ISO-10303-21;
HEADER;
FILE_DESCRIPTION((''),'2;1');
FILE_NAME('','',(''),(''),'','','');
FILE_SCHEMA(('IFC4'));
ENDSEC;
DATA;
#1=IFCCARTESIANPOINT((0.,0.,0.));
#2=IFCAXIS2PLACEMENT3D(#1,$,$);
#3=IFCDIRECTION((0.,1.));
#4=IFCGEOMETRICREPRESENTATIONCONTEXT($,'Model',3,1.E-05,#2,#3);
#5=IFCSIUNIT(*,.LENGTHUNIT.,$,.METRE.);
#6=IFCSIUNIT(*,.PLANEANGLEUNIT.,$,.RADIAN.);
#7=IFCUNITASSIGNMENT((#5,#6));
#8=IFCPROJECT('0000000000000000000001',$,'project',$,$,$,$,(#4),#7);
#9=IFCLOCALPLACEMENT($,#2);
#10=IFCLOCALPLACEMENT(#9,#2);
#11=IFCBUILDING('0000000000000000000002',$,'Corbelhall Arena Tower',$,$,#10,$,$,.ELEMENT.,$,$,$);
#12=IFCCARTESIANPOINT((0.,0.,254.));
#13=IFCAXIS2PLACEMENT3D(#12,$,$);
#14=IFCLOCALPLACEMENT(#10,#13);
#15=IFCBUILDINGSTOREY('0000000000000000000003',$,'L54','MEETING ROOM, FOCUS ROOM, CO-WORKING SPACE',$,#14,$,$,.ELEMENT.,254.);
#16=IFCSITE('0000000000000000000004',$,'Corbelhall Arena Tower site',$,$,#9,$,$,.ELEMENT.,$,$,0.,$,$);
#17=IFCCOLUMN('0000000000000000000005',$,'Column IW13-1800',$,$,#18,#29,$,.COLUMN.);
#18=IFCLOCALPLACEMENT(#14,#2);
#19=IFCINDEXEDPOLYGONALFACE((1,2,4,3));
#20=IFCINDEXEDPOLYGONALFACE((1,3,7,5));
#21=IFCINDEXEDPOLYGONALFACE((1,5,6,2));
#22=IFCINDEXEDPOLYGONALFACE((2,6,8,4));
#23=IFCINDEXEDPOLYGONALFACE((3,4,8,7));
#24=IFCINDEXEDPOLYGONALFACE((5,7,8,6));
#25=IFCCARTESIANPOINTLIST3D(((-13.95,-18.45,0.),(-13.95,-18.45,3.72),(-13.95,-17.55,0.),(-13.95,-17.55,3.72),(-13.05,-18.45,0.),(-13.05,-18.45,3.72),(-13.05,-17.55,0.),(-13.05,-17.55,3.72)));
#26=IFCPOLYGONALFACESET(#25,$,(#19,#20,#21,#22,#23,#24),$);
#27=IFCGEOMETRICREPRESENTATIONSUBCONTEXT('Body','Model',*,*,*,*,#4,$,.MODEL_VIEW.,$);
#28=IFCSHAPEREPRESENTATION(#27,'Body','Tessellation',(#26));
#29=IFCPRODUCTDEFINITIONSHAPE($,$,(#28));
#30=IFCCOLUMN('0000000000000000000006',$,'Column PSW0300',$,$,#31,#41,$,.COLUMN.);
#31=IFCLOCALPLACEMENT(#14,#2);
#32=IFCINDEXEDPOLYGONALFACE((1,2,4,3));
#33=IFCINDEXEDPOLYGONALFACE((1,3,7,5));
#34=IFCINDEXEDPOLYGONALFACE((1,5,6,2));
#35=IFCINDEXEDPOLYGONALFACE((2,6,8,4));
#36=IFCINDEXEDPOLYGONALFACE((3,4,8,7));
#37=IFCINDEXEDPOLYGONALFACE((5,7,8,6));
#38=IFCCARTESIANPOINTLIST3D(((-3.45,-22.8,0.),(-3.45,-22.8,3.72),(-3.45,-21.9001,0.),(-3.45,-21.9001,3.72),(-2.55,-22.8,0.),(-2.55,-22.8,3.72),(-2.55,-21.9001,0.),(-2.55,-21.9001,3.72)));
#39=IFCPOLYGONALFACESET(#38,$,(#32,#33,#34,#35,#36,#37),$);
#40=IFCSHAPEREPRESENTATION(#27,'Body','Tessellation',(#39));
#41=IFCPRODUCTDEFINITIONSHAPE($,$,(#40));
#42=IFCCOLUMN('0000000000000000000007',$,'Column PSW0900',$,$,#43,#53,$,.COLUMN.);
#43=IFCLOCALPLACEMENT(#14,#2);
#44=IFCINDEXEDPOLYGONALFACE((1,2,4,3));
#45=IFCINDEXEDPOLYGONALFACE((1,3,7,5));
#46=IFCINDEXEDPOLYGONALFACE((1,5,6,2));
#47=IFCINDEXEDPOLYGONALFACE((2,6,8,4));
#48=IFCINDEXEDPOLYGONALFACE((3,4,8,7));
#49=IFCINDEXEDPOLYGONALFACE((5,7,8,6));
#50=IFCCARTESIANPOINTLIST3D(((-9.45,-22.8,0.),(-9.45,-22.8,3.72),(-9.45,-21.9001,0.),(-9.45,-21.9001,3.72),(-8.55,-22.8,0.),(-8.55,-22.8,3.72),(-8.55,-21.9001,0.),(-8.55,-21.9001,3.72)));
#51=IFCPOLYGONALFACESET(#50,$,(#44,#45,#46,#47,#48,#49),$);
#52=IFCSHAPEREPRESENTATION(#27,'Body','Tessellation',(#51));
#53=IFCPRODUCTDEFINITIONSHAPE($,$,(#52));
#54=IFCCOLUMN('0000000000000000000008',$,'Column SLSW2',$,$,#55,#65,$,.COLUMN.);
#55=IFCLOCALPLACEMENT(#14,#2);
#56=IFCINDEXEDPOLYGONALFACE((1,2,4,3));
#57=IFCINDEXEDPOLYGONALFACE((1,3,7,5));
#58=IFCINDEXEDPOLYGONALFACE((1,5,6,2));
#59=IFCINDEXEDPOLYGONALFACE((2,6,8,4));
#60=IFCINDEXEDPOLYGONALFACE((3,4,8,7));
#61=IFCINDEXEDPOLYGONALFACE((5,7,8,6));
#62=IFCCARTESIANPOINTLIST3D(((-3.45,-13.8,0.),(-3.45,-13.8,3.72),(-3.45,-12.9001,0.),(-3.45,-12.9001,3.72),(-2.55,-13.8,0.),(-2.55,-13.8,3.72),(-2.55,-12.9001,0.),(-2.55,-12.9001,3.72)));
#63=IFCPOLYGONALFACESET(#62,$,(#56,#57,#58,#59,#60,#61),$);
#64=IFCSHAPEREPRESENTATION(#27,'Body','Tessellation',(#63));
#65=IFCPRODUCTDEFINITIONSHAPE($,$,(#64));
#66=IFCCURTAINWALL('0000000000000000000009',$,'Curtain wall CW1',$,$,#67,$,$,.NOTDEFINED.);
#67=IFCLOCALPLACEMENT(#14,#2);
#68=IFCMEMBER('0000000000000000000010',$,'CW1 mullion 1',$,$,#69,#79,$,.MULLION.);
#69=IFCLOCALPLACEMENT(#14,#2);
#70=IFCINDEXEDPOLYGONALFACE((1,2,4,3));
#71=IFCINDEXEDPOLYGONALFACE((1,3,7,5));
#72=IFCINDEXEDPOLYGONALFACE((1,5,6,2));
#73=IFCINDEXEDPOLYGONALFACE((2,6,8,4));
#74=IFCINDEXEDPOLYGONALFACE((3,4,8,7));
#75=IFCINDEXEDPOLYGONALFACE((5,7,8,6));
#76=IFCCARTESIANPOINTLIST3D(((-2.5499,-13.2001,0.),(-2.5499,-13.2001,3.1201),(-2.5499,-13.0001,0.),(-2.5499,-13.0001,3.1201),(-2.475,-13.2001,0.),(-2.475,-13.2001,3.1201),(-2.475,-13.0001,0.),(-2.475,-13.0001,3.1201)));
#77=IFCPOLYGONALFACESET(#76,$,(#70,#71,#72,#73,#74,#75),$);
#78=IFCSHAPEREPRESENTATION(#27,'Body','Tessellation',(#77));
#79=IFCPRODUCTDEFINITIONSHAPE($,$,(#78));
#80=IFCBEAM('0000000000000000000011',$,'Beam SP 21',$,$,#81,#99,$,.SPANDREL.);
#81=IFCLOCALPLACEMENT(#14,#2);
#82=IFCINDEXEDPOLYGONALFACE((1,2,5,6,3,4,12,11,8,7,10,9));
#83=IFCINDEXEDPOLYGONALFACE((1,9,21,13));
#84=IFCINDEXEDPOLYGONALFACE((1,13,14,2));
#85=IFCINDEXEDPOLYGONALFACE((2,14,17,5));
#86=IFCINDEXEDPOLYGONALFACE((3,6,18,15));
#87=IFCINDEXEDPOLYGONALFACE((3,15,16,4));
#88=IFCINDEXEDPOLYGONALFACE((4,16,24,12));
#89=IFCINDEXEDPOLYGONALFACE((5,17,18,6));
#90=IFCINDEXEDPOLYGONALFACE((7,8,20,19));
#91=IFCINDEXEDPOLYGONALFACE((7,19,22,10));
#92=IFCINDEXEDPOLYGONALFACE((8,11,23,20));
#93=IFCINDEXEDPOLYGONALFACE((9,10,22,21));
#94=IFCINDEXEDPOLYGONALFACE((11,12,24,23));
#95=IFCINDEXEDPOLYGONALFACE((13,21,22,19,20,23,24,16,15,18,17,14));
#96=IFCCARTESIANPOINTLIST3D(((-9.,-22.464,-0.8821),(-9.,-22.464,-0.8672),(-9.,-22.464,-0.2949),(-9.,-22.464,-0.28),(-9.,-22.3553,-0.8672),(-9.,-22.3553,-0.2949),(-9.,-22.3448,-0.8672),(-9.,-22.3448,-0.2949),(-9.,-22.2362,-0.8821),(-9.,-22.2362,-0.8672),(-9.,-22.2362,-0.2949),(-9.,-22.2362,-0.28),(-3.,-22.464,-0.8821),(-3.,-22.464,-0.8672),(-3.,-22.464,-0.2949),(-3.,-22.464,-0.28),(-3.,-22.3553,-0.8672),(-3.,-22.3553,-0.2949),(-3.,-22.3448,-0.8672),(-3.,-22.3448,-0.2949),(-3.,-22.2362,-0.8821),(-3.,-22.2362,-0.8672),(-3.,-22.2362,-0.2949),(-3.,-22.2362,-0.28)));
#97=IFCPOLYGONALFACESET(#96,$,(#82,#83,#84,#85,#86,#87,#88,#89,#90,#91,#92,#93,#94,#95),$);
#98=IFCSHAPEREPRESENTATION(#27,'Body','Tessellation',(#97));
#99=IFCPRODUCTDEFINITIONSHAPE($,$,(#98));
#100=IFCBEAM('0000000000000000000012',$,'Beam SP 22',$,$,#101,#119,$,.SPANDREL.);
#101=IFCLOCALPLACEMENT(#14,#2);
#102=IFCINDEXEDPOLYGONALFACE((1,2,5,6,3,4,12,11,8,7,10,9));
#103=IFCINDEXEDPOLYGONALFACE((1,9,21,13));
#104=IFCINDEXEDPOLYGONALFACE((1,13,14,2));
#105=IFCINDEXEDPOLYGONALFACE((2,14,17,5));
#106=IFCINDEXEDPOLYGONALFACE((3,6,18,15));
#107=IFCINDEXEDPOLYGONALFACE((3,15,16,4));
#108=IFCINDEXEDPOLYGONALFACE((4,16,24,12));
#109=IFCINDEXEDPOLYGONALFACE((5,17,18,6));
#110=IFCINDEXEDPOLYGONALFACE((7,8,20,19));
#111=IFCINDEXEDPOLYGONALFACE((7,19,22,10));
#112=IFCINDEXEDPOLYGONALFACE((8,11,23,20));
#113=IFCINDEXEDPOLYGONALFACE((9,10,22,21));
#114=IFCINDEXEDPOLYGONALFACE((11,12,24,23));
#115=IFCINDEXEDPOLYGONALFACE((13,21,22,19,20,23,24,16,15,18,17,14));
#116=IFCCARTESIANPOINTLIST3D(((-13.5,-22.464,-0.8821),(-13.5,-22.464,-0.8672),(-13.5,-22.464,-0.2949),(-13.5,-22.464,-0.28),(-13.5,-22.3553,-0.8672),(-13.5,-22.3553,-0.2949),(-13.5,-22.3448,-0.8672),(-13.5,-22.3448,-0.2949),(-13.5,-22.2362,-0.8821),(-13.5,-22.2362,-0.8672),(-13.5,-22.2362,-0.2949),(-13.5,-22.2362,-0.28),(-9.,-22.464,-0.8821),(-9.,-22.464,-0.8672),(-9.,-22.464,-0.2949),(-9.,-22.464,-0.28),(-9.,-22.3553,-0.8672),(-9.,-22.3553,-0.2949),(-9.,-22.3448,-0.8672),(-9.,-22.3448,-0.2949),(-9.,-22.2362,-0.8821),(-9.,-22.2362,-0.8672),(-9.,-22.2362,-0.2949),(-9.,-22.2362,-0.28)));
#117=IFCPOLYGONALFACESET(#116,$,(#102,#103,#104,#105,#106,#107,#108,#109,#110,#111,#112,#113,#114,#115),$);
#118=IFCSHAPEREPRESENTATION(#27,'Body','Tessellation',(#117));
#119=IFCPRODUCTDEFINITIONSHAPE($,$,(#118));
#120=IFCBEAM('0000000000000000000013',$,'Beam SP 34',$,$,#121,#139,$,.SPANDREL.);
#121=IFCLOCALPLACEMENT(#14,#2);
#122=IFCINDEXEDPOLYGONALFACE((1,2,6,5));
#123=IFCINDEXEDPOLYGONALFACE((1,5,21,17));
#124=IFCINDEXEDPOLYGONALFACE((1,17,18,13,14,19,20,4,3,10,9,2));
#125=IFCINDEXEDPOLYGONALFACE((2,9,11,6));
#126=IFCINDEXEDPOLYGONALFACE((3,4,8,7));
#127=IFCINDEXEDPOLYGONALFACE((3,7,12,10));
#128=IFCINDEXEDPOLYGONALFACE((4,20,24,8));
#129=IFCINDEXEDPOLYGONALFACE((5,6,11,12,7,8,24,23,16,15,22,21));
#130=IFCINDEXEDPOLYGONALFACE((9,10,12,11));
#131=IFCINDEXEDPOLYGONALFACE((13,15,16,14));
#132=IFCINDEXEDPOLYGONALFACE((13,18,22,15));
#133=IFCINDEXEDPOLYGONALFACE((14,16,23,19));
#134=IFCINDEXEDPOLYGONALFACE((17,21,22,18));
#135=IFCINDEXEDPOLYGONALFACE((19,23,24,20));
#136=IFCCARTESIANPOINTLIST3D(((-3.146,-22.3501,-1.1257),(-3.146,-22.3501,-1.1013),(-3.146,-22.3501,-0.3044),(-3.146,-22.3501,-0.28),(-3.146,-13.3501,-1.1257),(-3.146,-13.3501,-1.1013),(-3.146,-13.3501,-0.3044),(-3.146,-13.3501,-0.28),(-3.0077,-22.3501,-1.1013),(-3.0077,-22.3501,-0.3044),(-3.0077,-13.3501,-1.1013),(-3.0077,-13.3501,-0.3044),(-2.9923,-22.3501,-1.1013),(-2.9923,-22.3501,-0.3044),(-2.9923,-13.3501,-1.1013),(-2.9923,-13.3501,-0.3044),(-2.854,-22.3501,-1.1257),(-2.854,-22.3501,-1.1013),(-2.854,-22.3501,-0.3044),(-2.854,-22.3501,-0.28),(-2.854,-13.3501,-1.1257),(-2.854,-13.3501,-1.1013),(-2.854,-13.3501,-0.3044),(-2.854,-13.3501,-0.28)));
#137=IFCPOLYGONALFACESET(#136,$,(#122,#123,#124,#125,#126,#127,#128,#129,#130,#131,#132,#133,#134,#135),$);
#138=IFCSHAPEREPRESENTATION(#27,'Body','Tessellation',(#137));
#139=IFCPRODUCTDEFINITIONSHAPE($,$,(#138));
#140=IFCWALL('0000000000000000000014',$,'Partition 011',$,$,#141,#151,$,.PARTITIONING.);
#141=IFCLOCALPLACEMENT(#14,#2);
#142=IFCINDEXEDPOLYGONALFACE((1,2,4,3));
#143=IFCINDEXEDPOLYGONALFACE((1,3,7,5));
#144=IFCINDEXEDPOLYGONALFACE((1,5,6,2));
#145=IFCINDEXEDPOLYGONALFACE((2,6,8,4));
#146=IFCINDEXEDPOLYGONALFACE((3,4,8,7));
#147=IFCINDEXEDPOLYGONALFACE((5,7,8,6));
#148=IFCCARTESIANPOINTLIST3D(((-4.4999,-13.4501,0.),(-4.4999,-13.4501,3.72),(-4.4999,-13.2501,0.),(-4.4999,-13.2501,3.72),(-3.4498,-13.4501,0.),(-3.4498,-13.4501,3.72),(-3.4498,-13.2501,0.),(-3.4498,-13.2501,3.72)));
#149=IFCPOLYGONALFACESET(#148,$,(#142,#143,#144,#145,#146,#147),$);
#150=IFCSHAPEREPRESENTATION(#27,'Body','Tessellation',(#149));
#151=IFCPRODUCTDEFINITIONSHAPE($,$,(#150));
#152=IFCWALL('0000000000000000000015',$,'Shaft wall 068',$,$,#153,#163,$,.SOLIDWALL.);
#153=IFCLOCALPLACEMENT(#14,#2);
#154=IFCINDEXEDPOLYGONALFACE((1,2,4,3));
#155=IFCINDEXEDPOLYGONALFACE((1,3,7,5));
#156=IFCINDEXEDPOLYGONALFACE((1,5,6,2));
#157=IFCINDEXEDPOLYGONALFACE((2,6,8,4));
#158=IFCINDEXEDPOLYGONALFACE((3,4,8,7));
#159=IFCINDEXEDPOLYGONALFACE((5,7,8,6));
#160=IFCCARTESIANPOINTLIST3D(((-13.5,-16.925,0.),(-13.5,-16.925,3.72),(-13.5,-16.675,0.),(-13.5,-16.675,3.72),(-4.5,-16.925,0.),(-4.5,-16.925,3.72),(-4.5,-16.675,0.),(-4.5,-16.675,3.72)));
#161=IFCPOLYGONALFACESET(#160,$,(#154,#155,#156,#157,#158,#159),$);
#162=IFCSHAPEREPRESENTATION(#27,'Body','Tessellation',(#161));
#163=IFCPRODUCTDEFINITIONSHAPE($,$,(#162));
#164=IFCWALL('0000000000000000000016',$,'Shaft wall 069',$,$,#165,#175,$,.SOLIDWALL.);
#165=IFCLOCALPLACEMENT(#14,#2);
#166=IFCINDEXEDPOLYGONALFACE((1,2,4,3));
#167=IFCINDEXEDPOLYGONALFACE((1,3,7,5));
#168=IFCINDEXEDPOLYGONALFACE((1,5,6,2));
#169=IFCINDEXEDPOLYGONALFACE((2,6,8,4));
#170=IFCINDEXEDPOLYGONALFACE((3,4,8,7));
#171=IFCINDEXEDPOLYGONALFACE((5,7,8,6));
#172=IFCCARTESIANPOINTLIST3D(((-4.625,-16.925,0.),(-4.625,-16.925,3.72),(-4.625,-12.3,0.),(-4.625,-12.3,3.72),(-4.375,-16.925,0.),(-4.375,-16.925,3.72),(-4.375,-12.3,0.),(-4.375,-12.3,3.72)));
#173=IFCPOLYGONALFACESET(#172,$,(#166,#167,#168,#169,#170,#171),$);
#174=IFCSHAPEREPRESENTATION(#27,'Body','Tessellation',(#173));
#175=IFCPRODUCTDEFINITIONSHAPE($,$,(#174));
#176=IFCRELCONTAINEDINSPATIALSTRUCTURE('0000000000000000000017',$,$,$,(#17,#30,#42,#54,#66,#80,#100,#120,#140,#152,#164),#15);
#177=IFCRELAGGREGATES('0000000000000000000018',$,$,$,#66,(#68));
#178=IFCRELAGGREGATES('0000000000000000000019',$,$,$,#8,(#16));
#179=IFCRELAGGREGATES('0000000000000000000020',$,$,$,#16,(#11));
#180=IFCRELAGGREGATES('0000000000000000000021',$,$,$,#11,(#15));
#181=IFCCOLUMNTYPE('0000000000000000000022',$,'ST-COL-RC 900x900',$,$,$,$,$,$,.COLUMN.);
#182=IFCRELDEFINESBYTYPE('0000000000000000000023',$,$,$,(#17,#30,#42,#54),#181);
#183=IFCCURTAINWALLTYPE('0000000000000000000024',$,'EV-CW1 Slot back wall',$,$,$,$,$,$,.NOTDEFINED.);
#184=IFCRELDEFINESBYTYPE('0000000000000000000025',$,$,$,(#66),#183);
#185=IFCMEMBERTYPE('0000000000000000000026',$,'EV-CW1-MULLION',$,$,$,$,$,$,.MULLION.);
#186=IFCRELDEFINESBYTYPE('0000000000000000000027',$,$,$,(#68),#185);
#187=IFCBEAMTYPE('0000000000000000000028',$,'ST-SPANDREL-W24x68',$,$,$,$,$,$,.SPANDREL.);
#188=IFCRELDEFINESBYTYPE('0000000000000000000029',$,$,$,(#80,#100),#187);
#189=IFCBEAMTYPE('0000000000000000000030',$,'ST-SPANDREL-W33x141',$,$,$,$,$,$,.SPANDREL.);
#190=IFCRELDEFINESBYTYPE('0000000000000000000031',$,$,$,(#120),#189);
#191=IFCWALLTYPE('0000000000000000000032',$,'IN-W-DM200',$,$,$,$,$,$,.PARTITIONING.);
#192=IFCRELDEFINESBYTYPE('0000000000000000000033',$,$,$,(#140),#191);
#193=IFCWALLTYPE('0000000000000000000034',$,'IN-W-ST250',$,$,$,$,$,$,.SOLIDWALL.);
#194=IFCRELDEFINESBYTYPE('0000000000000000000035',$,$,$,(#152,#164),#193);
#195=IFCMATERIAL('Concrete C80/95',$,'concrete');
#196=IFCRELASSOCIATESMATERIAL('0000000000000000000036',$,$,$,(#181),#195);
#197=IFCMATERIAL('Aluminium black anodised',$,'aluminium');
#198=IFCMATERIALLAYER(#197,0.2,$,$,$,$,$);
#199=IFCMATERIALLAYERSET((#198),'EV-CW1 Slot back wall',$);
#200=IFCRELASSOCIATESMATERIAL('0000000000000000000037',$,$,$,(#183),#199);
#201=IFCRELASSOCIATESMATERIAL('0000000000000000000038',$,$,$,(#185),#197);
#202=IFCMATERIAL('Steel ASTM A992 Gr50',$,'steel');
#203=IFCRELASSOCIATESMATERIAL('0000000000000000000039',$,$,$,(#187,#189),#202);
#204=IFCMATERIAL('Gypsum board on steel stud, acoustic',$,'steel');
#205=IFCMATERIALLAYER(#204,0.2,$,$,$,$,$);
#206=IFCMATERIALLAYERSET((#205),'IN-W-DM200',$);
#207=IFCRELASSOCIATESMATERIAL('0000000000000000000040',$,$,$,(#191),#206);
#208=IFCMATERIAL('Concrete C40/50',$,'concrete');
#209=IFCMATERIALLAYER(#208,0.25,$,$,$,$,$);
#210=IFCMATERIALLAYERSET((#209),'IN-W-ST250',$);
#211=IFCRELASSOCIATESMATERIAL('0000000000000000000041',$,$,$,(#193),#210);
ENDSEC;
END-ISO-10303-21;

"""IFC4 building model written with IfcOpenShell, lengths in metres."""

from ifc_helpers import new_model, si_unit, direction, frame, frame_2d, origin, origin_2d, place, context, subcontext, project, spatial, rectangle, i_section, extrude, material, layer, layer_set, material_profile, profile_set, type_object, element, aggregate, save


model = new_model("IFC4")

# Units and contexts
model_context = context("Model", 3, precision=1e-05, world=origin(), true_north=direction((0.0, 1.0)))
body_context = subcontext(model_context, "Body", "Model", "MODEL_VIEW")
ifc_project = project(units=[si_unit("LENGTHUNIT", "METRE"), si_unit("PLANEANGLEUNIT", "RADIAN")], contexts=[model_context])

# Site, building, storey
site_placement = place(None, origin())
site = spatial("IfcSite", under=ifc_project, at=site_placement, Name="Corbelhall Arena Tower site", CompositionType="ELEMENT", RefElevation=0.0)
building_placement = place(site_placement, origin())
building = spatial("IfcBuilding", under=site, at=building_placement, Name="Corbelhall Arena Tower", CompositionType="ELEMENT")
storey_placement = place(building_placement, frame((0.0, 0.0, 254.0)))
storey = spatial("IfcBuildingStorey", under=building, at=storey_placement, Name="L54", Description="MEETING ROOM, FOCUS ROOM, CO-WORKING SPACE", CompositionType="ELEMENT", Elevation=254.0)

# Columns
ifc_material_1 = material(Name="Concrete C80/95", Category="concrete")
ifc_material_profile_1 = material_profile(ifc_material_1, rectangle(XDim=0.8999, YDim=0.8999, at=origin_2d()))
ifc_profile_set_1 = profile_set([ifc_material_profile_1], Name="Concrete C80/95")
column_type = type_object("IfcColumnType", Name="ST-COL-RC 900x900", PredefinedType="COLUMN", material=ifc_profile_set_1)
for number, where, z_axis, x_axis, name in (
    (1, (-13.5, -18.0, 0.0), (0.0, 0.0, 1.0), (1.0, 0.0, 0.0), "Column IW13-1800"),
    (2, (-3.0, -22.3501, 0.0), (0.0, 0.0, 1.0), (1.0, 0.0, 0.0), "Column PSW0300"),
    (3, (-9.0, -22.3501, 0.0), (0.0, 0.0, 1.0), (1.0, 0.0, 0.0), "Column PSW0900"),
    (4, (-3.0, -13.3501, 0.0), (0.0, 0.0, 1.0), (1.0, 0.0, 0.0), "Column SLSW2"),
):
    element("IfcColumn", number, at=place(storey_placement, frame(where, z_axis=z_axis, x_axis=x_axis)), inside=storey, type_object=column_type, Name=name, PredefinedType="COLUMN", context=body_context, shape_type="SweptSolid", body=[
        extrude(rectangle(XDim=0.8999, YDim=0.8999, at=origin_2d()), origin(), (0.0, 0.0, 1.0), 3.72),
    ])

# Curtain wall, member
ifc_material_2 = material(Name="Aluminium black anodised", Category="aluminium")
ifc_layer_1 = layer(ifc_material_2, 0.2)
ifc_layer_set_1 = layer_set([ifc_layer_1], Name="EV-CW1 Slot back wall")
curtain_wall_type = type_object("IfcCurtainWallType", Name="EV-CW1 Slot back wall", PredefinedType="NOTDEFINED", material=ifc_layer_set_1)
curtain_wall_placement = place(storey_placement, origin())
curtain_wall = element("IfcCurtainWall", 5, at=curtain_wall_placement, inside=storey, type_object=curtain_wall_type, Name="Curtain wall CW1", PredefinedType="NOTDEFINED")
ifc_material_profile_2 = material_profile(ifc_material_2, rectangle(XDim=0.2, YDim=0.075, at=origin_2d()))
ifc_profile_set_2 = profile_set([ifc_material_profile_2], Name="Aluminium black anodised")
member_type = type_object("IfcMemberType", Name="EV-CW1-MULLION", PredefinedType="MULLION", material=ifc_profile_set_2)
member_placement = place(storey_placement, frame((-2.5125, -13.1001, 0.0), z_axis=(0.0, 0.0, 1.0), x_axis=(0.0, 1.0, 0.0)))
member = element("IfcMember", 6, at=member_placement, type_object=member_type, Name="CW1 mullion 1", PredefinedType="MULLION", context=body_context, shape_type="SweptSolid", body=[
    extrude(rectangle(XDim=0.2, YDim=0.075, at=origin_2d()), origin(), (0.0, 0.0, 1.0), 3.1201),
])
aggregate(curtain_wall, [member])

# Beams
ifc_material_3 = material(Name="Steel ASTM A992 Gr50", Category="steel")
ifc_material_profile_3 = material_profile(ifc_material_3, i_section(OverallWidth=0.2278, OverallDepth=0.6021, WebThickness=0.0105, FlangeThickness=0.0149, at=origin_2d()))
ifc_profile_set_3 = profile_set([ifc_material_profile_3], Name="Steel ASTM A992 Gr50")
beam_type_1 = type_object("IfcBeamType", Name="ST-SPANDREL-W24x68", PredefinedType="SPANDREL", material=ifc_profile_set_3)
beam_1_placement = place(storey_placement, frame((-3.0, -22.3501, -0.5811), z_axis=(-1.0, 0.0, 0.0), x_axis=(0.0, -1.0, 0.0)))
element("IfcBeam", 7, at=beam_1_placement, inside=storey, type_object=beam_type_1, Name="Beam SP 21", PredefinedType="SPANDREL", context=body_context, shape_type="SweptSolid", body=[
    extrude(i_section(OverallWidth=0.2278, OverallDepth=0.6021, WebThickness=0.0105, FlangeThickness=0.0149, at=origin_2d()), origin(), (0.0, 0.0, 1.0), 6.0),
])
beam_2_placement = place(storey_placement, frame((-9.0, -22.3501, -0.5811), z_axis=(-1.0, 0.0, 0.0), x_axis=(0.0, -1.0, 0.0)))
element("IfcBeam", 8, at=beam_2_placement, inside=storey, type_object=beam_type_1, Name="Beam SP 22", PredefinedType="SPANDREL", context=body_context, shape_type="SweptSolid", body=[
    extrude(i_section(OverallWidth=0.2278, OverallDepth=0.6021, WebThickness=0.0105, FlangeThickness=0.0149, at=origin_2d()), origin(), (0.0, 0.0, 1.0), 4.5),
])
ifc_material_profile_4 = material_profile(ifc_material_3, i_section(OverallWidth=0.292, OverallDepth=0.8457, WebThickness=0.0154, FlangeThickness=0.0244, at=origin_2d()))
ifc_profile_set_4 = profile_set([ifc_material_profile_4], Name="Steel ASTM A992 Gr50")
beam_type_2 = type_object("IfcBeamType", Name="ST-SPANDREL-W33x141", PredefinedType="SPANDREL", material=ifc_profile_set_4)
beam_3_placement = place(storey_placement, frame((-3.0, -13.3501, -0.7029), z_axis=(0.0, -1.0, 0.0), x_axis=(1.0, 0.0, 0.0)))
element("IfcBeam", 9, at=beam_3_placement, inside=storey, type_object=beam_type_2, Name="Beam SP 34", PredefinedType="SPANDREL", context=body_context, shape_type="SweptSolid", body=[
    extrude(i_section(OverallWidth=0.292, OverallDepth=0.8457, WebThickness=0.0154, FlangeThickness=0.0244, at=origin_2d()), origin(), (0.0, 0.0, 1.0), 9.0),
])

# Shared definitions
ifc_material_4 = material(Name="Gypsum board on steel stud, acoustic", Category="steel")
ifc_layer_2 = layer(ifc_material_4, 0.2)
ifc_layer_set_2 = layer_set([ifc_layer_2], Name="IN-W-DM200")
wall_type_1 = type_object("IfcWallType", Name="IN-W-DM200", PredefinedType="PARTITIONING", material=ifc_layer_set_2)

# Walls
wall_1_placement = place(storey_placement, frame((-3.45, -13.3501, 0.0), z_axis=(0.0, 0.0, 1.0), x_axis=(-1.0, 0.0, 0.0)))
element("IfcWall", 10, at=wall_1_placement, inside=storey, type_object=wall_type_1, Name="Partition 011", PredefinedType="PARTITIONING", context=body_context, shape_type="SweptSolid", body=[
    extrude(rectangle(XDim=1.05, YDim=0.2, at=frame_2d((0.5249, 0.0))), origin(), (0.0, 0.0, 1.0), 3.72),
])
ifc_material_5 = material(Name="Concrete C40/50", Category="concrete")
ifc_layer_3 = layer(ifc_material_5, 0.25)
ifc_layer_set_3 = layer_set([ifc_layer_3], Name="IN-W-ST250")
wall_type_2 = type_object("IfcWallType", Name="IN-W-ST250", PredefinedType="SOLIDWALL", material=ifc_layer_set_3)
wall_2_placement = place(storey_placement, frame((-4.5, -16.8, 0.0), z_axis=(0.0, 0.0, 1.0), x_axis=(-1.0, 0.0, 0.0)))
element("IfcWall", 11, at=wall_2_placement, inside=storey, type_object=wall_type_2, Name="Shaft wall 068", PredefinedType="SOLIDWALL", context=body_context, shape_type="SweptSolid", body=[
    extrude(rectangle(XDim=9.0, YDim=0.25, at=frame_2d((4.5, 0.0))), origin(), (0.0, 0.0, 1.0), 3.72),
])
wall_3_placement = place(storey_placement, frame((-4.5, -12.3, 0.0), z_axis=(0.0, 0.0, 1.0), x_axis=(0.0, -1.0, 0.0)))
element("IfcWall", 12, at=wall_3_placement, inside=storey, type_object=wall_type_2, Name="Shaft wall 069", PredefinedType="SOLIDWALL", context=body_context, shape_type="SweptSolid", body=[
    extrude(rectangle(XDim=4.625, YDim=0.25, at=frame_2d((2.3125, 0.0))), origin(), (0.0, 0.0, 1.0), 3.72),
])

save(model, "model.ifc")
